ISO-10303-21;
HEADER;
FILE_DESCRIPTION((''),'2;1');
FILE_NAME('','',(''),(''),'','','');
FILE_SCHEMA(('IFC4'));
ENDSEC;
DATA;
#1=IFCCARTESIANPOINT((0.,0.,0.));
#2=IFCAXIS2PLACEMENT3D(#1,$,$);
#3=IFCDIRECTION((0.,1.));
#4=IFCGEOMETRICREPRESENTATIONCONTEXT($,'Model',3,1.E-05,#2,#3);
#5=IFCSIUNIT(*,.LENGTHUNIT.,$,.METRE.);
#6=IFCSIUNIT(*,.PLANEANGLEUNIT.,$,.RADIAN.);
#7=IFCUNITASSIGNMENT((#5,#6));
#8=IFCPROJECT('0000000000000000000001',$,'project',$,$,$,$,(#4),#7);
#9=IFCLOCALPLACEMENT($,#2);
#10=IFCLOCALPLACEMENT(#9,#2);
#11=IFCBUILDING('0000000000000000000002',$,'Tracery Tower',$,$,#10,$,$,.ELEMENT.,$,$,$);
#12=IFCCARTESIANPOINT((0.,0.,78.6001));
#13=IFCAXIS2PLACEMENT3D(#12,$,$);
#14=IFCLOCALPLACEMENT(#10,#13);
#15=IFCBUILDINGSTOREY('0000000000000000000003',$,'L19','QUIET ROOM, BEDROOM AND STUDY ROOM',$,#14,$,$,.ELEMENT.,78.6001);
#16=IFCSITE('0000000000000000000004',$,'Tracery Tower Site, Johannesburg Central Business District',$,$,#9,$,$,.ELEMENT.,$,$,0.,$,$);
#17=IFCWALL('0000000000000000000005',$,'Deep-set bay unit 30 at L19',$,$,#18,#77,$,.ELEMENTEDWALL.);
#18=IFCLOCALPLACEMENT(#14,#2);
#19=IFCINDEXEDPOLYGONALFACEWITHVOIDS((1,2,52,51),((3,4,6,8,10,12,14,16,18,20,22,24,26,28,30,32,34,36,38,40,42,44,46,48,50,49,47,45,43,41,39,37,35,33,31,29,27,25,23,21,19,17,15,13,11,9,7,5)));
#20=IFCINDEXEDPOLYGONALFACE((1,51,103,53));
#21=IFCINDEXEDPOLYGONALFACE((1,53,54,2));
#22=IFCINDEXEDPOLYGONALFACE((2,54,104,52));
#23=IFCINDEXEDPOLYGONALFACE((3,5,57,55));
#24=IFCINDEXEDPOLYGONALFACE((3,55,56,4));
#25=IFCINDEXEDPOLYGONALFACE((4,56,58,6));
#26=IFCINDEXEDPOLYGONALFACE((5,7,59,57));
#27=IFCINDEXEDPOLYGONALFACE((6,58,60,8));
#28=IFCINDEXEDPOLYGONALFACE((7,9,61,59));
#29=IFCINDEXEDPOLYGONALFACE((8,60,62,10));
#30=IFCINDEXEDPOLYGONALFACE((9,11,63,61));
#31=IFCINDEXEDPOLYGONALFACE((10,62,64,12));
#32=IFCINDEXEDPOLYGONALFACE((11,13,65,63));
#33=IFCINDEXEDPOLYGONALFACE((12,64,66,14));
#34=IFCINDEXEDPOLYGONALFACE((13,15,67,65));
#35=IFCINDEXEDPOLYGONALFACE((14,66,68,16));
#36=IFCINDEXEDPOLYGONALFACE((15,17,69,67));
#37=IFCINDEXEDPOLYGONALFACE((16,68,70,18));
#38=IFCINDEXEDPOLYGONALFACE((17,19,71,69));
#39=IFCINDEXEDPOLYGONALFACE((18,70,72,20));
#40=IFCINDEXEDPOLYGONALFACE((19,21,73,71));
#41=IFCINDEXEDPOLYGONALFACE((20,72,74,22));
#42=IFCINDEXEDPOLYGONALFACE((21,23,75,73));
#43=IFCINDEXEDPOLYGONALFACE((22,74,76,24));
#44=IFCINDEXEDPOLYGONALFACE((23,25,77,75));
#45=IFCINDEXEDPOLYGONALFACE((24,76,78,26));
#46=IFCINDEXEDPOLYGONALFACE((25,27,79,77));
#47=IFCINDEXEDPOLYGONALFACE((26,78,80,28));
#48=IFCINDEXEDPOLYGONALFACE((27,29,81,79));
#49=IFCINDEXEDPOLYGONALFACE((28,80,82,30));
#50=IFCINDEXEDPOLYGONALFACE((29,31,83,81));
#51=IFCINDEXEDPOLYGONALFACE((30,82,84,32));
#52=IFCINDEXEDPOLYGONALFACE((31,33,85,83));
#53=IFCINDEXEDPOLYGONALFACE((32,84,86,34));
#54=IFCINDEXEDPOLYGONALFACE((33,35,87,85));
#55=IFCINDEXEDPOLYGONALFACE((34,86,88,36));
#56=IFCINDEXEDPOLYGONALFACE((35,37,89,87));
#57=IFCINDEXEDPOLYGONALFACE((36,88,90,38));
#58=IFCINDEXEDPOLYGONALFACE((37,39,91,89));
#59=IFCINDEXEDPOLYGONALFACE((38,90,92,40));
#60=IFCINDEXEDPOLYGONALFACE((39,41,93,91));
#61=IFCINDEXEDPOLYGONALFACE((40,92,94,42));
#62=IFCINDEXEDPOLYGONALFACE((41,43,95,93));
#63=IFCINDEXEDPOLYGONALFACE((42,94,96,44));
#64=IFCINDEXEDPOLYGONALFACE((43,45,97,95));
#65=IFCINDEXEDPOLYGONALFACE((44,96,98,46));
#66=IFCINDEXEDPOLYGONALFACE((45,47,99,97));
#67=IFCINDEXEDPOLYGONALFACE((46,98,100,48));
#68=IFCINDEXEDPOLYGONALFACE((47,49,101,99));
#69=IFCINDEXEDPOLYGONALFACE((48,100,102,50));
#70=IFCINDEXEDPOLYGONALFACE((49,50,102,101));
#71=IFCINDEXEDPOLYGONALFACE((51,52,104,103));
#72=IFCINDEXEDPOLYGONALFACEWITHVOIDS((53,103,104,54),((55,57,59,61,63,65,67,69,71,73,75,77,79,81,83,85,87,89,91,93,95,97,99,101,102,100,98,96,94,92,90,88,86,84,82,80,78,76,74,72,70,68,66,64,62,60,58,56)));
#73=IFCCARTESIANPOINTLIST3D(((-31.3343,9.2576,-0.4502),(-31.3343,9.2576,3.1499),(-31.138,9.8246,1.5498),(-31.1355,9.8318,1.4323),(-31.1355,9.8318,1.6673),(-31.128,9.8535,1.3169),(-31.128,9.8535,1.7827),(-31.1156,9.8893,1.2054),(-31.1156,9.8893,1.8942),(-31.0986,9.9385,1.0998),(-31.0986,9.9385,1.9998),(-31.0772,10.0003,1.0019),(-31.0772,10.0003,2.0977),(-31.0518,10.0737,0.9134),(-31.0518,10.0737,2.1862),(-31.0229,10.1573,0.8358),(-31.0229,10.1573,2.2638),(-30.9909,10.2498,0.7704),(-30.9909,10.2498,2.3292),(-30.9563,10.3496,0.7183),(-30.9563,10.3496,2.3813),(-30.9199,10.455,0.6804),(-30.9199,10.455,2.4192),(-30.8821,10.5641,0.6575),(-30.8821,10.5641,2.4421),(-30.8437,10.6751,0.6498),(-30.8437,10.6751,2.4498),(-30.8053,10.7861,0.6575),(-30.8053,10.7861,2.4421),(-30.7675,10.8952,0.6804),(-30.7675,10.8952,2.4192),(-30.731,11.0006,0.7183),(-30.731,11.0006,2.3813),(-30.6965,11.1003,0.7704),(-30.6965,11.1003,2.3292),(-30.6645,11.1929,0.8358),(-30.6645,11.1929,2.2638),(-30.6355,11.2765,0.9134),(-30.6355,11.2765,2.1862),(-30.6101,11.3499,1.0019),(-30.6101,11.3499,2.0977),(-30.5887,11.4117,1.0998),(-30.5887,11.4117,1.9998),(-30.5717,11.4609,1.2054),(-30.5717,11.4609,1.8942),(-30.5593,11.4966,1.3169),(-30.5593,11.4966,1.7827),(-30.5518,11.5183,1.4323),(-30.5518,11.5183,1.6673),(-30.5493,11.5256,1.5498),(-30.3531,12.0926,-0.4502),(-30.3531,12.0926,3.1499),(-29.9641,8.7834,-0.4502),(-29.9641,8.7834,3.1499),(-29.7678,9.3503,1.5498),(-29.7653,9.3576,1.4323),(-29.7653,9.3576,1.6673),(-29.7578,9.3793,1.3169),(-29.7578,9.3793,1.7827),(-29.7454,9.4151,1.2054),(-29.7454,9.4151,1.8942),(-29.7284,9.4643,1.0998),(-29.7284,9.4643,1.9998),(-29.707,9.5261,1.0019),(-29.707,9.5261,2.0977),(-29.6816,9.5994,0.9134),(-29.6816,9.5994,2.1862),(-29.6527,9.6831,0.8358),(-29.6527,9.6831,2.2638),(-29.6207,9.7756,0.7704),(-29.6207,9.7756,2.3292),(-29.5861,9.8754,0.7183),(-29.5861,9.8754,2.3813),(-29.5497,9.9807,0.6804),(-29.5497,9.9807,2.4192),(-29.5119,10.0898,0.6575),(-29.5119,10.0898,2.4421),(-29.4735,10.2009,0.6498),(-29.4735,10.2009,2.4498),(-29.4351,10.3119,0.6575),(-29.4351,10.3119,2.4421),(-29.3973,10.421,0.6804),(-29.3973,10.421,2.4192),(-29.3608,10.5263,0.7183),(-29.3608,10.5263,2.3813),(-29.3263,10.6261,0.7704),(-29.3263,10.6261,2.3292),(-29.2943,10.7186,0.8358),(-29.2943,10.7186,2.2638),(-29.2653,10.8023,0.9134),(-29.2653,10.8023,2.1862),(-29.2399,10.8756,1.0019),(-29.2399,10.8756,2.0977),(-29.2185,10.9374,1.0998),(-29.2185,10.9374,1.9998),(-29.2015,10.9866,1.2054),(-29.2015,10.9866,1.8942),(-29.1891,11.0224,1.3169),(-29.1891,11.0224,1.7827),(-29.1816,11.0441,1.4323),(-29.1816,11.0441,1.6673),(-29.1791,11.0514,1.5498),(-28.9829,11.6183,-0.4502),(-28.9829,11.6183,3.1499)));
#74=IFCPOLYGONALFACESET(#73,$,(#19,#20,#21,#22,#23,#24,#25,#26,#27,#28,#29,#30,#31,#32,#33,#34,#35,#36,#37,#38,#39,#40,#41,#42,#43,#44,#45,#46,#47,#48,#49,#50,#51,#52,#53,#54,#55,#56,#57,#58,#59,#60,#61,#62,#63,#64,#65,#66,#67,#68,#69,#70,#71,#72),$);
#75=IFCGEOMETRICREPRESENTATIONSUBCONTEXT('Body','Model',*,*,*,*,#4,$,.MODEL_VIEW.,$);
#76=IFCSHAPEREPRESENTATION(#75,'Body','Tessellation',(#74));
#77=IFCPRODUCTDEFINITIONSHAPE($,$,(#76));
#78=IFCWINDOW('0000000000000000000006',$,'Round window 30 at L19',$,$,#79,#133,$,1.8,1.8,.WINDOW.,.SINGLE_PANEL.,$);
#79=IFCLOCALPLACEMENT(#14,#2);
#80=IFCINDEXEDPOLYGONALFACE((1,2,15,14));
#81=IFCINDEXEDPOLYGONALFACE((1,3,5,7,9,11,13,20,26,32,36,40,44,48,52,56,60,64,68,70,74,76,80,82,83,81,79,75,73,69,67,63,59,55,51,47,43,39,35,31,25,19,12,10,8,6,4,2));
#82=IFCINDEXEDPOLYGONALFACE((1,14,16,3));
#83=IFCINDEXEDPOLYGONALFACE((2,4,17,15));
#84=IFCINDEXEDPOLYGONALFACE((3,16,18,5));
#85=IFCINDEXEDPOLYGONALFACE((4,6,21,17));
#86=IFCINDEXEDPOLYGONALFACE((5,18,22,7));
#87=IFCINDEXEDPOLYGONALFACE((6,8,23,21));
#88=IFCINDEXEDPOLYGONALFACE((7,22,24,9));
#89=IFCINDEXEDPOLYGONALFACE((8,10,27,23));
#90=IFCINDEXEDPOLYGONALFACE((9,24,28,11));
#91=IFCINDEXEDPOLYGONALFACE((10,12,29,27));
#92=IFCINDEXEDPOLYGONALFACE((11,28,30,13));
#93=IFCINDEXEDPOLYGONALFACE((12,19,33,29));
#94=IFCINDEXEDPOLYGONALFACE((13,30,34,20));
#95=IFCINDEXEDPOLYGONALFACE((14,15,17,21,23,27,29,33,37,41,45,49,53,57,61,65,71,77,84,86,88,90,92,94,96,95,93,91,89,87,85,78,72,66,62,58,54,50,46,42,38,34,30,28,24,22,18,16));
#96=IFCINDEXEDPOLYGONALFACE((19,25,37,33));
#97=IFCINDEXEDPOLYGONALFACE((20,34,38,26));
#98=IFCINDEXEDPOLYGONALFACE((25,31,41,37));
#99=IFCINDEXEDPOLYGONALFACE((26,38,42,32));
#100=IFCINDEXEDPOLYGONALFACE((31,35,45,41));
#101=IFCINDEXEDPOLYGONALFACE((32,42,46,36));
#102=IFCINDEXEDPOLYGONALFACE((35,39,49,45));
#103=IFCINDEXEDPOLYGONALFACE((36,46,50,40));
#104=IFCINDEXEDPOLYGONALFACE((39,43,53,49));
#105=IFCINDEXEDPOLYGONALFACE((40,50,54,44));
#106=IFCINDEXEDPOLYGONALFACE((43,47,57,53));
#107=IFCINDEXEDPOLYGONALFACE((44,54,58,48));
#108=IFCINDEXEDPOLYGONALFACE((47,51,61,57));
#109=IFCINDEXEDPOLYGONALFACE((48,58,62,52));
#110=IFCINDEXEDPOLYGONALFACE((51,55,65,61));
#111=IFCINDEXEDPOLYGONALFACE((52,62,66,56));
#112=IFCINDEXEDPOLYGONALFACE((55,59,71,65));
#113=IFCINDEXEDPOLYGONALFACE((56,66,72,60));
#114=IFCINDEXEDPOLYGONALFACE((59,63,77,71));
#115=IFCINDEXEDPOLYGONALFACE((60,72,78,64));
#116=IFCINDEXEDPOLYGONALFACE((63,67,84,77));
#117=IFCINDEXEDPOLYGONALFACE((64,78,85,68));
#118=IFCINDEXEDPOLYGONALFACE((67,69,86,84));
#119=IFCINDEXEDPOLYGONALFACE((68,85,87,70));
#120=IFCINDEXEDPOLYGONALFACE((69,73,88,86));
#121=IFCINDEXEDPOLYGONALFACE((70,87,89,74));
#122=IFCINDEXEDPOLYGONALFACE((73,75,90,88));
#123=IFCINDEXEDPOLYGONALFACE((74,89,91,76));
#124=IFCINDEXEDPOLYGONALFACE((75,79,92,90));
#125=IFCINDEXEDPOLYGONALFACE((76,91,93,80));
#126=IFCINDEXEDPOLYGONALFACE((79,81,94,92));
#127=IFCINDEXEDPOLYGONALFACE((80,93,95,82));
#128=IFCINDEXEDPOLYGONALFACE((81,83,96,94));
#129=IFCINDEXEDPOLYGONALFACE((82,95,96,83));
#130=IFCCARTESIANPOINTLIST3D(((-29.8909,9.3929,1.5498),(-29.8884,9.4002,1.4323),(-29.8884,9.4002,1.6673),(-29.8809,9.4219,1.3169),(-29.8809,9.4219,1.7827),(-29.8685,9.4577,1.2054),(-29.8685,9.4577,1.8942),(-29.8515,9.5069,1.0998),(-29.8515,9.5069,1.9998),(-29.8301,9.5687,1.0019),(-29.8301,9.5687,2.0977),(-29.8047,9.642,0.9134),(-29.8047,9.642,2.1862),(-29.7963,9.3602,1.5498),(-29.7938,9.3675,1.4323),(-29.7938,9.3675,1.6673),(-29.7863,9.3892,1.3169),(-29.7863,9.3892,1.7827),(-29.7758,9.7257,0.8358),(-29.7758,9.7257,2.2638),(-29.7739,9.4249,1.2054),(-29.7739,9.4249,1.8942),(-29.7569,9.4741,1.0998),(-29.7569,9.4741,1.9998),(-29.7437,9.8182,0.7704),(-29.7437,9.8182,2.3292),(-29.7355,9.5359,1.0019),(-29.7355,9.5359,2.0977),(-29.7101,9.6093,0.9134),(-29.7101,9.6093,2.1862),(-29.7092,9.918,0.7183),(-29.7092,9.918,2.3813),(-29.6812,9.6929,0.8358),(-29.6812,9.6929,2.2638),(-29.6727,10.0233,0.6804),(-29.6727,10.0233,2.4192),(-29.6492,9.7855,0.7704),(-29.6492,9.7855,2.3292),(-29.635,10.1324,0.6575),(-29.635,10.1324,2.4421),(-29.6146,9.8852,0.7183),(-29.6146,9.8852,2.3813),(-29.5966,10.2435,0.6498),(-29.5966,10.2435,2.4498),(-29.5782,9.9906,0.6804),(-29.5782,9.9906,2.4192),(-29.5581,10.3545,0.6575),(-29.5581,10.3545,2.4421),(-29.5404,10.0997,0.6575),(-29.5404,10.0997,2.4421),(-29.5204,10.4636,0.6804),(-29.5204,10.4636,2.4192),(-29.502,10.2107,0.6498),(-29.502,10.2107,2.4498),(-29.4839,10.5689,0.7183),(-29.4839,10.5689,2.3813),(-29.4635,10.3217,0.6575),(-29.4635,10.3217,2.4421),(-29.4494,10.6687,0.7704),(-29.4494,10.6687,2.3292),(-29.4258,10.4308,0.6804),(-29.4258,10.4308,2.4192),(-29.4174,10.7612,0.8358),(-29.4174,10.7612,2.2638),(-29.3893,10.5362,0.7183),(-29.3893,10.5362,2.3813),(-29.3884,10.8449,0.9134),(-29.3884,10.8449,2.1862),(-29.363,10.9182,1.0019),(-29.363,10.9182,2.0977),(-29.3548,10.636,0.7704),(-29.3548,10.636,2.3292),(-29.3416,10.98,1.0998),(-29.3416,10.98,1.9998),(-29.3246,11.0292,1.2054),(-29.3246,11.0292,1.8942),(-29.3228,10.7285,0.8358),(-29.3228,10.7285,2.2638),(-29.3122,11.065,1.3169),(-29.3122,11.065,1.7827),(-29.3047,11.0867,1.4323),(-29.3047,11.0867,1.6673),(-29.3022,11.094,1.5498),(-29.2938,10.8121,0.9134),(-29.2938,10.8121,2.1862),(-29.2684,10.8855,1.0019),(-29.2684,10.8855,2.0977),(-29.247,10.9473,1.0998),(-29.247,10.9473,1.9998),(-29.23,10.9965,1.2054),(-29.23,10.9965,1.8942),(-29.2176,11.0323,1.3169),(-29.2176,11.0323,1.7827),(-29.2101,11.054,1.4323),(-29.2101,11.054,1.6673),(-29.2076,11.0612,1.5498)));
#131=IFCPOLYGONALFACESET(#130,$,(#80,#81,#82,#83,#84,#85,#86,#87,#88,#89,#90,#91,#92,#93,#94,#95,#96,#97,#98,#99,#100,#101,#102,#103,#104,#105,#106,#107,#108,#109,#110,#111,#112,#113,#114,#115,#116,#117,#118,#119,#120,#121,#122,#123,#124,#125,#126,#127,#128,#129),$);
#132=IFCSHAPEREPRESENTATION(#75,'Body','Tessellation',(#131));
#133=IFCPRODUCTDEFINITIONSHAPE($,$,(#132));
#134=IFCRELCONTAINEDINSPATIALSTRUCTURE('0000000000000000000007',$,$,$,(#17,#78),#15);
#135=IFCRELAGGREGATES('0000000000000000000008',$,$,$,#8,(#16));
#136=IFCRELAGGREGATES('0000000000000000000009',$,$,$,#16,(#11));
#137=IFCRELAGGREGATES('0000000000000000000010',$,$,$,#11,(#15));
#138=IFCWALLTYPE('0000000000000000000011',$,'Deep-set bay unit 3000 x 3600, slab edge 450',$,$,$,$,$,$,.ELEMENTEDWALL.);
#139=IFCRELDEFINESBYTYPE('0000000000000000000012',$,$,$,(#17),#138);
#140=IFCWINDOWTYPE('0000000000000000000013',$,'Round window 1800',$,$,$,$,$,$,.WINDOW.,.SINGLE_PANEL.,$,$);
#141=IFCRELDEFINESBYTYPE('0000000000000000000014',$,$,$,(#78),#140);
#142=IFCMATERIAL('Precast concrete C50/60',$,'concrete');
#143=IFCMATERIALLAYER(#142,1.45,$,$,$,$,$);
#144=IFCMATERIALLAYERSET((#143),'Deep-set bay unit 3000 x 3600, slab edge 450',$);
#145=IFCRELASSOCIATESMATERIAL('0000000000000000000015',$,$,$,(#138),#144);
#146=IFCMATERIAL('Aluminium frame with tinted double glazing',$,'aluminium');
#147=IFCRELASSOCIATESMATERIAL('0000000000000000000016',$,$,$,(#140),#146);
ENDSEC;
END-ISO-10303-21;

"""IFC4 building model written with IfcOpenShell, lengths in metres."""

from ifc_helpers import new_model, si_unit, direction, frame, frame_2d, origin, origin_2d, place, context, subcontext, project, spatial, rectangle, circle, extrude, material, layer, layer_set, type_object, element, fill, save


model = new_model("IFC4")

# Units and contexts
model_context = context("Model", 3, precision=1e-05, world=origin(), true_north=direction((0.0, 1.0)))
body_context = subcontext(model_context, "Body", "Model", "MODEL_VIEW")
ifc_project = project(units=[si_unit("LENGTHUNIT", "METRE"), si_unit("PLANEANGLEUNIT", "RADIAN")], contexts=[model_context])

# Site, building, storey
site_placement = place(None, origin())
site = spatial("IfcSite", under=ifc_project, at=site_placement, Name="Tracery Tower Site, Johannesburg Central Business District", CompositionType="ELEMENT", RefElevation=0.0)
building_placement = place(site_placement, origin())
building = spatial("IfcBuilding", under=site, at=building_placement, Name="Tracery Tower", CompositionType="ELEMENT")
storey_placement = place(building_placement, frame((0.0, 0.0, 78.6001)))
storey = spatial("IfcBuildingStorey", under=building, at=storey_placement, Name="L19", Description="QUIET ROOM, BEDROOM AND STUDY ROOM", CompositionType="ELEMENT", Elevation=78.6001)

# Wall, opening, window
ifc_material_1 = material(Name="Precast concrete C50/60", Category="concrete")
ifc_layer_1 = layer(ifc_material_1, 1.45)
ifc_layer_set_1 = layer_set([ifc_layer_1], Name="Deep-set bay unit 3000 x 3600, slab edge 450")
wall_type_1 = type_object("IfcWallType", Name="Deep-set bay unit 3000 x 3600, slab edge 450", PredefinedType="ELEMENTEDWALL", material=ifc_layer_set_1)
wall_1_placement = place(storey_placement, frame((-29.668, 11.8555, -0.4502), z_axis=(0.0, 0.0, 1.0), x_axis=(-0.327071, -0.945, 0.0)))
wall_1 = element("IfcWall", 1, at=wall_1_placement, inside=storey, type_object=wall_type_1, Name="Deep-set bay unit 30 at L19", PredefinedType="ELEMENTEDWALL", context=body_context, shape_type="SweptSolid", body=[
    extrude(rectangle(XDim=3.0, YDim=1.45, at=frame_2d((1.5, 0.0))), origin(), (0.0, 0.0, 1.0), 3.6001),
])
opening_1_placement = place(wall_1_placement, frame((1.5, 0.0, 2.0)))
opening_1 = element("IfcOpeningElement", 2, at=opening_1_placement, cuts=wall_1, PredefinedType="OPENING", context=body_context, shape_type="SweptSolid", body=[
    extrude(circle(Radius=0.9, at=origin_2d()), frame((0.0, 0.7349, 0.0), z_axis=(0.0, -1.0, 0.0), x_axis=(1.0, 0.0, 0.0)), (0.0, 0.0, 1.0), 1.47),
])
ifc_material_2 = material(Name="Aluminium frame with tinted double glazing", Category="aluminium")
window_type = type_object("IfcWindowType", Name="Round window 1800", PartitioningType="SINGLE_PANEL", PredefinedType="WINDOW", material=ifc_material_2)
window_1_placement = place(opening_1_placement, origin())
window_1 = element("IfcWindow", 3, at=window_1_placement, inside=storey, type_object=window_type, Name="Round window 30 at L19", OverallHeight=1.8, OverallWidth=1.8, PartitioningType="SINGLE_PANEL", PredefinedType="WINDOW", context=body_context, shape_type="SweptSolid", body=[
    extrude(circle(Radius=0.9, at=origin_2d()), frame((0.0, 0.6948, 0.0), z_axis=(0.0, -1.0, 0.0), x_axis=(1.0, 0.0, 0.0)), (0.0, 0.0, 1.0), 0.1001),
])
fill(opening_1, window_1)

save(model, "model.ifc")
